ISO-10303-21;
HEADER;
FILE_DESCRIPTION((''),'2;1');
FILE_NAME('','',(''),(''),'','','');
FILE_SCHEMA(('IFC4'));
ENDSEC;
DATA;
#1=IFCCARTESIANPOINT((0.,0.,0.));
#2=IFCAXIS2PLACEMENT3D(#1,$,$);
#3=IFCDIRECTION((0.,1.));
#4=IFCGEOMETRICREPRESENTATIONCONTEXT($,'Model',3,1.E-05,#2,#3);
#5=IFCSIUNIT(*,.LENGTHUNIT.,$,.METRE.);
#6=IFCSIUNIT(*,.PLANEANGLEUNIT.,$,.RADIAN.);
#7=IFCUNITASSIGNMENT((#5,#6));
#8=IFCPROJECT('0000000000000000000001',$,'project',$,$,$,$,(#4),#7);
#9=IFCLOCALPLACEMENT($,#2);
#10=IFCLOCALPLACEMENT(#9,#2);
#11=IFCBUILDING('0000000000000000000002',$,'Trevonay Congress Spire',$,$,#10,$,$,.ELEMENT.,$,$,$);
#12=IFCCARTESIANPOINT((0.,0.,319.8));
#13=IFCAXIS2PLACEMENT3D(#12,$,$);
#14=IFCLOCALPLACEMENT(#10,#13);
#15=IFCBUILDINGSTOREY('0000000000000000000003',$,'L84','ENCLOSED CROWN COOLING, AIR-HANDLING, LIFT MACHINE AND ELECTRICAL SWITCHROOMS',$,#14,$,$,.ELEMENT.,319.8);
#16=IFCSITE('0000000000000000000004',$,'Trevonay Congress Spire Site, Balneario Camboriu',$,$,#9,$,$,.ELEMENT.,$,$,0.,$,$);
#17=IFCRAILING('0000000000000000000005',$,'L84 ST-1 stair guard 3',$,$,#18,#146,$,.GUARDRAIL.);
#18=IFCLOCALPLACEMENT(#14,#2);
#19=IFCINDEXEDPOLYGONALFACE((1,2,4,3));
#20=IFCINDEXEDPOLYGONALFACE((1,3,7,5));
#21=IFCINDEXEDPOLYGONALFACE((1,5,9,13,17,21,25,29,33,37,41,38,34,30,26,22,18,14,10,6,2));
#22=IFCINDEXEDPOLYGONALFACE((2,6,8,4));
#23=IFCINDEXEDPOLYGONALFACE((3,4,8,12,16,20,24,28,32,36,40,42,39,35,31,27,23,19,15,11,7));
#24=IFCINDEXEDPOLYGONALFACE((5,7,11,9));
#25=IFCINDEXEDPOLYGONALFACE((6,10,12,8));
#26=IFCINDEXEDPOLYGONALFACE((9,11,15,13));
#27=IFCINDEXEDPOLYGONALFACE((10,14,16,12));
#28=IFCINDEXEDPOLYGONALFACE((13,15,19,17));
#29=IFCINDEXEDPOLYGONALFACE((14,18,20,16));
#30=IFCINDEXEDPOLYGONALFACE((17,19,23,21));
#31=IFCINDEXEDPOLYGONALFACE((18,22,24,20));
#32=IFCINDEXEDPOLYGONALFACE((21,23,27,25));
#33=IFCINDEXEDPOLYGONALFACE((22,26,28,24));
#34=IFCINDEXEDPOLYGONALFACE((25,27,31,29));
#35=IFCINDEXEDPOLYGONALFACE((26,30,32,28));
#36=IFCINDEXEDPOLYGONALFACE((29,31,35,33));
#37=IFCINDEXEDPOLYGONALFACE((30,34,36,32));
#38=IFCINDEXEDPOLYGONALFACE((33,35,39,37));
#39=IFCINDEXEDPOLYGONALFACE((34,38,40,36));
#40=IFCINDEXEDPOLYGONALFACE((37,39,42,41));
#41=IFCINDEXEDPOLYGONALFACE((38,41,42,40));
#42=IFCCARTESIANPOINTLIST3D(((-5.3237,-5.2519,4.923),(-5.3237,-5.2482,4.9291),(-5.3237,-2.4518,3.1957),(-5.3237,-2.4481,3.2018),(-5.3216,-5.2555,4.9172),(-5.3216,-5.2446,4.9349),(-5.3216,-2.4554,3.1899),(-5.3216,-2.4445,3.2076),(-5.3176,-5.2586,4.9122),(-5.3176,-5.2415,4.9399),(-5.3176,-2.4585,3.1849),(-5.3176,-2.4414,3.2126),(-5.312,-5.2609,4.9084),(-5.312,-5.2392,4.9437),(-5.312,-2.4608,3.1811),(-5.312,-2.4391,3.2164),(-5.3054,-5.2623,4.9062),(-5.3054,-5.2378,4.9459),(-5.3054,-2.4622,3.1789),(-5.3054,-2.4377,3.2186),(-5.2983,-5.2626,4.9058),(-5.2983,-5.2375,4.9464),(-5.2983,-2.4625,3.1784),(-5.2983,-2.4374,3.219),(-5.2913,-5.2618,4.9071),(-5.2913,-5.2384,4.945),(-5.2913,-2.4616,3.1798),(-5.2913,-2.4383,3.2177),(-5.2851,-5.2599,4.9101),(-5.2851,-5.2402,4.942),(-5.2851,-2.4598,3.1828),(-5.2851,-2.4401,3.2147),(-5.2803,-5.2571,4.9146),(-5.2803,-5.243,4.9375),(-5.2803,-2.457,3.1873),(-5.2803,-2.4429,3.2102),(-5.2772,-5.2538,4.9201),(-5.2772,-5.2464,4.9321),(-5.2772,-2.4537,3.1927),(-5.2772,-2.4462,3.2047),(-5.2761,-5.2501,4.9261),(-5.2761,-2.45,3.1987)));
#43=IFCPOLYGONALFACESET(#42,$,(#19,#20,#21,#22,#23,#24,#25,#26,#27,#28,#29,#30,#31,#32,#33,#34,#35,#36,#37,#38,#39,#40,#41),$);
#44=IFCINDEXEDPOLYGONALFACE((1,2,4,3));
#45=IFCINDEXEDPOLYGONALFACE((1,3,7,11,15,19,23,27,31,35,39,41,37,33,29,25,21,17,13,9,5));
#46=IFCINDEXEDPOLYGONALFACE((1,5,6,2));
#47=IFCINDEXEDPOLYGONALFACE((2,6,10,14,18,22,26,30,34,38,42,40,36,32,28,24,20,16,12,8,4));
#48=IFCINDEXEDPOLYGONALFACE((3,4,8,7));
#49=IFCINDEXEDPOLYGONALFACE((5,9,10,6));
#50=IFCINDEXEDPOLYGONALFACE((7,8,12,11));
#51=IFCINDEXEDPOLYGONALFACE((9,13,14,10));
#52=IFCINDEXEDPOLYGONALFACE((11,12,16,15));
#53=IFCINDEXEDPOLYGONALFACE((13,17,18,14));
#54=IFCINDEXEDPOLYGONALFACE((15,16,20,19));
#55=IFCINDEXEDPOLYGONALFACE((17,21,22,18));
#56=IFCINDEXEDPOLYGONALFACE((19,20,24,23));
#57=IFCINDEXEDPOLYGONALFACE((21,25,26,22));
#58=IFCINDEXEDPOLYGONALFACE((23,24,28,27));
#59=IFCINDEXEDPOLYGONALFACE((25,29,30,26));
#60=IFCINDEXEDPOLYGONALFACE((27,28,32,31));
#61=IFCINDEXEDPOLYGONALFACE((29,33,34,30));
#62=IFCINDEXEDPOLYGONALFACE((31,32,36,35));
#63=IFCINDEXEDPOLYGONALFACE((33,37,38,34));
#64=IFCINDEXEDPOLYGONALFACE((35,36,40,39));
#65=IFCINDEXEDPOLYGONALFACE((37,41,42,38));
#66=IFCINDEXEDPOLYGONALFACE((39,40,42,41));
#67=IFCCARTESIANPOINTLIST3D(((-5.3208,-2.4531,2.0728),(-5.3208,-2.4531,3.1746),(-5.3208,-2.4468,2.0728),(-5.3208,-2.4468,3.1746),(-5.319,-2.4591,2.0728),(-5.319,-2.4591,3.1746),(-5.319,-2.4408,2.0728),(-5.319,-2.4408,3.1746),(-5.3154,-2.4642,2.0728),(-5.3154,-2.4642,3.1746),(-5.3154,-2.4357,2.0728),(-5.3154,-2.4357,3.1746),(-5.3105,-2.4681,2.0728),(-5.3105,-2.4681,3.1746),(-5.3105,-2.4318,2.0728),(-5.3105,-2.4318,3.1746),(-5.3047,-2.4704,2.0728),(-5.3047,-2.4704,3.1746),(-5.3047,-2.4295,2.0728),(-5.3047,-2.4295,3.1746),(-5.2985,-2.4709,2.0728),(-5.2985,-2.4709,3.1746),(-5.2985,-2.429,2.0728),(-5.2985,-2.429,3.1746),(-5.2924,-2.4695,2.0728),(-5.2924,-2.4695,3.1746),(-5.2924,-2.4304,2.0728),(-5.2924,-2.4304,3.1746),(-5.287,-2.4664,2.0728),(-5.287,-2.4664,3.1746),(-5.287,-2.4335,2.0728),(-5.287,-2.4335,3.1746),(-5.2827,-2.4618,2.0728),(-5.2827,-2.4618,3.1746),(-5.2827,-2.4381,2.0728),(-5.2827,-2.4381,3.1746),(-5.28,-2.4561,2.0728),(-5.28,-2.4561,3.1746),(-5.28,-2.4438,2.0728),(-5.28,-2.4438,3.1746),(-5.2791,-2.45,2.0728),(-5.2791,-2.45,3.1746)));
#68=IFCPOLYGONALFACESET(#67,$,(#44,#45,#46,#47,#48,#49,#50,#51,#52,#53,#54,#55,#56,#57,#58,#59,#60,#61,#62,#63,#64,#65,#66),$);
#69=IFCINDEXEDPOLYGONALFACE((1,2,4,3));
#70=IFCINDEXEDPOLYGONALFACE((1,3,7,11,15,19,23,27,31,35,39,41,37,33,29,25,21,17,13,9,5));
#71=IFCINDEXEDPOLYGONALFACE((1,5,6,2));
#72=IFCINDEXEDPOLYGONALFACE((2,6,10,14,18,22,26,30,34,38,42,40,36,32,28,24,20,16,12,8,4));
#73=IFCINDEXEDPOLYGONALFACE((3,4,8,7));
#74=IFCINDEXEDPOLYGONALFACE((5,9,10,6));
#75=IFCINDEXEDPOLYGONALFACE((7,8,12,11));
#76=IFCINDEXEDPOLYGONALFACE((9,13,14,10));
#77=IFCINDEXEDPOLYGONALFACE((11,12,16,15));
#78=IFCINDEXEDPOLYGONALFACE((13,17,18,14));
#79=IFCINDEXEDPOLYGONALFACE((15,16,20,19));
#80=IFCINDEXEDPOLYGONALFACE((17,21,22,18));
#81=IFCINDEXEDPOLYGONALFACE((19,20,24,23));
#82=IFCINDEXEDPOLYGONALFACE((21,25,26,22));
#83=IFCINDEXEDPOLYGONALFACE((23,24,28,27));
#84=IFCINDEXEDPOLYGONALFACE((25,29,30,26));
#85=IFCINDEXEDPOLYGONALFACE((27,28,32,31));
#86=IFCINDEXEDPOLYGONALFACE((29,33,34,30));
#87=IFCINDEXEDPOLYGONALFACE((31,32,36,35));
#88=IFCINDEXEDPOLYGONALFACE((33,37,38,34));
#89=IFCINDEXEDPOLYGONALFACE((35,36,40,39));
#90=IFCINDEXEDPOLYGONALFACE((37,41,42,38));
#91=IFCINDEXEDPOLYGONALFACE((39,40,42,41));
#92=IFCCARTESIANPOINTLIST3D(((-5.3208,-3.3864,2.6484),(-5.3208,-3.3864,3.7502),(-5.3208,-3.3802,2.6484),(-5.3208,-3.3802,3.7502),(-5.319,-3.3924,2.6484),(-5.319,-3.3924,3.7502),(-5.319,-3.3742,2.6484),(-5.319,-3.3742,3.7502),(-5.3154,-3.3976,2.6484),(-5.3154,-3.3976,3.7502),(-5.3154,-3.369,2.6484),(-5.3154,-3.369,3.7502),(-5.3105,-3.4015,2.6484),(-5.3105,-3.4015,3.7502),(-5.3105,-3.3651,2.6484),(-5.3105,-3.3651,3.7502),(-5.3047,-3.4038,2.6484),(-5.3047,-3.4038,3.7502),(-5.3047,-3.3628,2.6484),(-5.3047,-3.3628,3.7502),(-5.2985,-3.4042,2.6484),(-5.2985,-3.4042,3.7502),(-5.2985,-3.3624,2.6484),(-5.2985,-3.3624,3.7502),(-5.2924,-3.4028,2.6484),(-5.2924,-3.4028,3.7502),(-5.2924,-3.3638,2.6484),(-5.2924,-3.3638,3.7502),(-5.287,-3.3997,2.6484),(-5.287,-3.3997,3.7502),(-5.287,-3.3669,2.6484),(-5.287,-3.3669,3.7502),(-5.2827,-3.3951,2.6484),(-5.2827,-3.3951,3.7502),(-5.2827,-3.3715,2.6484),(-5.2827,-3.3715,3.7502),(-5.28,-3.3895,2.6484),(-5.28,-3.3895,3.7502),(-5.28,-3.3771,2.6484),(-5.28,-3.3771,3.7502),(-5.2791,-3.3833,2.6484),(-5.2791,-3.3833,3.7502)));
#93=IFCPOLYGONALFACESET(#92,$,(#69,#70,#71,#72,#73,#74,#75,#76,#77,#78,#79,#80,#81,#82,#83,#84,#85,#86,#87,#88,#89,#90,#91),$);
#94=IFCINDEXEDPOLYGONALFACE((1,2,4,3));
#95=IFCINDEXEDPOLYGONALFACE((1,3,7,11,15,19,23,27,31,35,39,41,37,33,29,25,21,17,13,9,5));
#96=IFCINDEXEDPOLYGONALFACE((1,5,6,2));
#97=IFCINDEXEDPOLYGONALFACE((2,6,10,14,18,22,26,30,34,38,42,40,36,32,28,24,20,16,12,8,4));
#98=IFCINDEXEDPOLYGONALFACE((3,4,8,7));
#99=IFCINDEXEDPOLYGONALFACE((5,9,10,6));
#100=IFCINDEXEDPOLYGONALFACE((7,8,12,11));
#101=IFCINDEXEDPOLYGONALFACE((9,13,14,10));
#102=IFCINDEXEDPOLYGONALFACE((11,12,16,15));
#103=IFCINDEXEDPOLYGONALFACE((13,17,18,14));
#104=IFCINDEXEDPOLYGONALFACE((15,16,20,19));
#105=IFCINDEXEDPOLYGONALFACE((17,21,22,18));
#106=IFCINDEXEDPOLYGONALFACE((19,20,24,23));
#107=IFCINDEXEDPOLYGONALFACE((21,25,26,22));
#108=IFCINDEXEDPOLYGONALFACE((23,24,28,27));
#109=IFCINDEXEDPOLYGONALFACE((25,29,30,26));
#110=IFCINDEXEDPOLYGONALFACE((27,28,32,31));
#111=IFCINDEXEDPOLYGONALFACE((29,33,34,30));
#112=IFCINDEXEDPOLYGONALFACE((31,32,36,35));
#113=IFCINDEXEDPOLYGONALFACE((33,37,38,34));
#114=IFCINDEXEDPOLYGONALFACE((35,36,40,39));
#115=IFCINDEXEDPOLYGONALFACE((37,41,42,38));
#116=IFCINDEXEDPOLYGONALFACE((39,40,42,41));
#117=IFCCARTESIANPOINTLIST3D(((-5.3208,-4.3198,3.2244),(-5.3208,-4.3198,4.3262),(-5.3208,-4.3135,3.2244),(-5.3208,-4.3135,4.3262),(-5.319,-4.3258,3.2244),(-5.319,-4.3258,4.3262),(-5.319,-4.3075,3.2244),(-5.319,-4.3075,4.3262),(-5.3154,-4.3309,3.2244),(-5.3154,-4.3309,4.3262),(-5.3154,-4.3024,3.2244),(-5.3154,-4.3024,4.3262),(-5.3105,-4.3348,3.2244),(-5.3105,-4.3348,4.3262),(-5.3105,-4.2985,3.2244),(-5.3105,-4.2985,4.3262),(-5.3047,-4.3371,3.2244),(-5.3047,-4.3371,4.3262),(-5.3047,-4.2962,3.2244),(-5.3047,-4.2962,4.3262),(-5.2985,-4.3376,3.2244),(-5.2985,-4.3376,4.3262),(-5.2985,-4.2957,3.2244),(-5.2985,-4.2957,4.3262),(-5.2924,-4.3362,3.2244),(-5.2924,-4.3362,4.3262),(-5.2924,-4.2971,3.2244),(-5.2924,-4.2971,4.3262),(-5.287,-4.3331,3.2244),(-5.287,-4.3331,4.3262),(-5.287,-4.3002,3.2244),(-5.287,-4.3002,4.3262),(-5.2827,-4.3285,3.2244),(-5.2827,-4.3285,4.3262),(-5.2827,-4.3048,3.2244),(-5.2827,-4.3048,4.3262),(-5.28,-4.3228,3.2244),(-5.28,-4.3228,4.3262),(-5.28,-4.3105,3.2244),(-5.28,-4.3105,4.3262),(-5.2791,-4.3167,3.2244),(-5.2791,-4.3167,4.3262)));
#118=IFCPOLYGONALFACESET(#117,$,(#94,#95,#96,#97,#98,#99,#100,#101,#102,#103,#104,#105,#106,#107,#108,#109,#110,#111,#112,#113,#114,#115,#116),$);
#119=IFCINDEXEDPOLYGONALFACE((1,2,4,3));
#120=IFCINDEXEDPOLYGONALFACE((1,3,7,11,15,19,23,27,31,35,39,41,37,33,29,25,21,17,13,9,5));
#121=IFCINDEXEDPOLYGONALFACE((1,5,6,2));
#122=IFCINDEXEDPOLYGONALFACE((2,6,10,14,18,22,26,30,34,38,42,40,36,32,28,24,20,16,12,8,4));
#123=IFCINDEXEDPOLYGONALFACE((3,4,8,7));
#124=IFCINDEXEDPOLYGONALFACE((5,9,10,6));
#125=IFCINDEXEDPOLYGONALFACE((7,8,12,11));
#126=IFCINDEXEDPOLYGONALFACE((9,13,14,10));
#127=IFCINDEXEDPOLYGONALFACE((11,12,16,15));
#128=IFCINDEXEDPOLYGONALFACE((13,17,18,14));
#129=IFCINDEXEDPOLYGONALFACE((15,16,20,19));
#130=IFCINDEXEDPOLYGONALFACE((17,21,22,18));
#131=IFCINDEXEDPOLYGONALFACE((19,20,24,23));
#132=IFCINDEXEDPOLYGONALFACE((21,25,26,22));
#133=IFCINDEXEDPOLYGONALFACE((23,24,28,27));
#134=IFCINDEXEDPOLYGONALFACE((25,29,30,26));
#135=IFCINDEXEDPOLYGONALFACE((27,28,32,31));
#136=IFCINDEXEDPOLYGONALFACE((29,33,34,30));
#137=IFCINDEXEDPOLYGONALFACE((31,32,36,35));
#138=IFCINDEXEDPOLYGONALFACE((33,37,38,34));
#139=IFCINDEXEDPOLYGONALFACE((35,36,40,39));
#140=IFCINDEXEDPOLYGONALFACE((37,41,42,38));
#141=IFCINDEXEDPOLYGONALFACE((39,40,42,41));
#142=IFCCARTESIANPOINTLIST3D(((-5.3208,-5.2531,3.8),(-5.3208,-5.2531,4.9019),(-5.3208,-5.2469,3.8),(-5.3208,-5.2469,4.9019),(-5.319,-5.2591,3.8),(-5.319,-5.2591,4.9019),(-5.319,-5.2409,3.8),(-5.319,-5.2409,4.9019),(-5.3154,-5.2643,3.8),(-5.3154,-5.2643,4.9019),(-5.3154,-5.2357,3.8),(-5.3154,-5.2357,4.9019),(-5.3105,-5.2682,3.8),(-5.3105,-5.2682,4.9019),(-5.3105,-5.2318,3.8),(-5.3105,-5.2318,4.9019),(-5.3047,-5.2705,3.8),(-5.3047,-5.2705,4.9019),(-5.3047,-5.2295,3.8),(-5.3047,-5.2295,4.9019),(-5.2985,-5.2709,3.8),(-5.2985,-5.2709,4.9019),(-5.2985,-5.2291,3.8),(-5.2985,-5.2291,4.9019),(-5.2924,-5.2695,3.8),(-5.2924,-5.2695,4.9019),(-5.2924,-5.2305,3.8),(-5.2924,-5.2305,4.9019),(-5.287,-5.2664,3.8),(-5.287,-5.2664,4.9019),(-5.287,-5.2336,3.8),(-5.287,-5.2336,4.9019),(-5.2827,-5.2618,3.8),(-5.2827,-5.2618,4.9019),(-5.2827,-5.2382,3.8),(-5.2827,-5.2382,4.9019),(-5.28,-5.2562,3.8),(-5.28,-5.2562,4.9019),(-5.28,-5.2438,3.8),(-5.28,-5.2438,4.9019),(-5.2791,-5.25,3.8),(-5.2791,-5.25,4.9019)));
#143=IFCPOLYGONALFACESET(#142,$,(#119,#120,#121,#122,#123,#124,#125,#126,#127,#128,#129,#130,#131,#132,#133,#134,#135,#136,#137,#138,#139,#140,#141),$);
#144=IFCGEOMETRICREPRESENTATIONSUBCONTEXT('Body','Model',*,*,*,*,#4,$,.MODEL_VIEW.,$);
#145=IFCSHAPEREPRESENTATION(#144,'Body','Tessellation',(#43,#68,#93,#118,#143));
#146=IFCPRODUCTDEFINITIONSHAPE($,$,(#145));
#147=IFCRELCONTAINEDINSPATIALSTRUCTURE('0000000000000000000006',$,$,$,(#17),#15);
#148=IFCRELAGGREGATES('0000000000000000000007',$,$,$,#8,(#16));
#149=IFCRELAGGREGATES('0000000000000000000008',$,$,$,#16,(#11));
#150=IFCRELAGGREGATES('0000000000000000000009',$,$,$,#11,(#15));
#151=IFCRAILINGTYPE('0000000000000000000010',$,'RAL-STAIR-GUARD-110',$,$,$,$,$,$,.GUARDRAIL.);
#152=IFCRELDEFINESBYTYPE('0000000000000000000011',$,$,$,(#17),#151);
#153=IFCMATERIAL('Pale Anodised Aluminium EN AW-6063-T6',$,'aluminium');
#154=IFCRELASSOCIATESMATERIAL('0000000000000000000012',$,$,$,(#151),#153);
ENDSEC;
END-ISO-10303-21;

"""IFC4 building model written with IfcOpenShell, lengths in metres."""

from ifc_helpers import new_model, si_unit, direction, frame, origin, origin_2d, place, context, subcontext, project, spatial, circle, extrude, material, type_object, element, save


model = new_model("IFC4")

# Units and contexts
model_context = context("Model", 3, precision=1e-05, world=origin(), true_north=direction((0.0, 1.0)))
body_context = subcontext(model_context, "Body", "Model", "MODEL_VIEW")
ifc_project = project(units=[si_unit("LENGTHUNIT", "METRE"), si_unit("PLANEANGLEUNIT", "RADIAN")], contexts=[model_context])

# Site, building, storey
site_placement = place(None, origin())
site = spatial("IfcSite", under=ifc_project, at=site_placement, Name="Trevonay Congress Spire Site, Balneario Camboriu", CompositionType="ELEMENT", RefElevation=0.0)
building_placement = place(site_placement, origin())
building = spatial("IfcBuilding", under=site, at=building_placement, Name="Trevonay Congress Spire", CompositionType="ELEMENT")
storey_placement = place(building_placement, frame((0.0, 0.0, 319.8)))
storey = spatial("IfcBuildingStorey", under=building, at=storey_placement, Name="L84", Description="ENCLOSED CROWN COOLING, AIR-HANDLING, LIFT MACHINE AND ELECTRICAL SWITCHROOMS", CompositionType="ELEMENT", Elevation=319.8)

# Railing
ifc_material_1 = material(Name="Pale Anodised Aluminium EN AW-6063-T6", Category="aluminium")
railing_type_1 = type_object("IfcRailingType", Name="RAL-STAIR-GUARD-110", PredefinedType="GUARDRAIL", material=ifc_material_1)
railing_1_placement = place(storey_placement, frame((-5.3, -2.45, 2.0728)))
element("IfcRailing", 1, at=railing_1_placement, inside=storey, type_object=railing_type_1, Name="L84 ST-1 stair guard 3", PredefinedType="GUARDRAIL", context=body_context, shape_type="SweptSolid", body=[
    extrude(circle(Radius=0.0239, at=origin_2d()), frame((0.0, 0.0, 1.126), z_axis=(0.0, -0.85109, 0.52502), x_axis=(1.0, 0.0, 0.0)), (0.0, 0.0, 1.0), 3.29),
    extrude(circle(Radius=0.021, at=origin_2d()), origin(), (0.0, 0.0, 1.0), 1.1018),
    extrude(circle(Radius=0.021, at=origin_2d()), frame((0.0, -0.9333, 0.5757)), (0.0, 0.0, 1.0), 1.1018),
    extrude(circle(Radius=0.021, at=origin_2d()), frame((0.0, -1.8667, 1.1516)), (0.0, 0.0, 1.0), 1.1018),
    extrude(circle(Radius=0.021, at=origin_2d()), frame((0.0, -2.8, 1.7273)), (0.0, 0.0, 1.0), 1.1018),
])

save(model, "model.ifc")
